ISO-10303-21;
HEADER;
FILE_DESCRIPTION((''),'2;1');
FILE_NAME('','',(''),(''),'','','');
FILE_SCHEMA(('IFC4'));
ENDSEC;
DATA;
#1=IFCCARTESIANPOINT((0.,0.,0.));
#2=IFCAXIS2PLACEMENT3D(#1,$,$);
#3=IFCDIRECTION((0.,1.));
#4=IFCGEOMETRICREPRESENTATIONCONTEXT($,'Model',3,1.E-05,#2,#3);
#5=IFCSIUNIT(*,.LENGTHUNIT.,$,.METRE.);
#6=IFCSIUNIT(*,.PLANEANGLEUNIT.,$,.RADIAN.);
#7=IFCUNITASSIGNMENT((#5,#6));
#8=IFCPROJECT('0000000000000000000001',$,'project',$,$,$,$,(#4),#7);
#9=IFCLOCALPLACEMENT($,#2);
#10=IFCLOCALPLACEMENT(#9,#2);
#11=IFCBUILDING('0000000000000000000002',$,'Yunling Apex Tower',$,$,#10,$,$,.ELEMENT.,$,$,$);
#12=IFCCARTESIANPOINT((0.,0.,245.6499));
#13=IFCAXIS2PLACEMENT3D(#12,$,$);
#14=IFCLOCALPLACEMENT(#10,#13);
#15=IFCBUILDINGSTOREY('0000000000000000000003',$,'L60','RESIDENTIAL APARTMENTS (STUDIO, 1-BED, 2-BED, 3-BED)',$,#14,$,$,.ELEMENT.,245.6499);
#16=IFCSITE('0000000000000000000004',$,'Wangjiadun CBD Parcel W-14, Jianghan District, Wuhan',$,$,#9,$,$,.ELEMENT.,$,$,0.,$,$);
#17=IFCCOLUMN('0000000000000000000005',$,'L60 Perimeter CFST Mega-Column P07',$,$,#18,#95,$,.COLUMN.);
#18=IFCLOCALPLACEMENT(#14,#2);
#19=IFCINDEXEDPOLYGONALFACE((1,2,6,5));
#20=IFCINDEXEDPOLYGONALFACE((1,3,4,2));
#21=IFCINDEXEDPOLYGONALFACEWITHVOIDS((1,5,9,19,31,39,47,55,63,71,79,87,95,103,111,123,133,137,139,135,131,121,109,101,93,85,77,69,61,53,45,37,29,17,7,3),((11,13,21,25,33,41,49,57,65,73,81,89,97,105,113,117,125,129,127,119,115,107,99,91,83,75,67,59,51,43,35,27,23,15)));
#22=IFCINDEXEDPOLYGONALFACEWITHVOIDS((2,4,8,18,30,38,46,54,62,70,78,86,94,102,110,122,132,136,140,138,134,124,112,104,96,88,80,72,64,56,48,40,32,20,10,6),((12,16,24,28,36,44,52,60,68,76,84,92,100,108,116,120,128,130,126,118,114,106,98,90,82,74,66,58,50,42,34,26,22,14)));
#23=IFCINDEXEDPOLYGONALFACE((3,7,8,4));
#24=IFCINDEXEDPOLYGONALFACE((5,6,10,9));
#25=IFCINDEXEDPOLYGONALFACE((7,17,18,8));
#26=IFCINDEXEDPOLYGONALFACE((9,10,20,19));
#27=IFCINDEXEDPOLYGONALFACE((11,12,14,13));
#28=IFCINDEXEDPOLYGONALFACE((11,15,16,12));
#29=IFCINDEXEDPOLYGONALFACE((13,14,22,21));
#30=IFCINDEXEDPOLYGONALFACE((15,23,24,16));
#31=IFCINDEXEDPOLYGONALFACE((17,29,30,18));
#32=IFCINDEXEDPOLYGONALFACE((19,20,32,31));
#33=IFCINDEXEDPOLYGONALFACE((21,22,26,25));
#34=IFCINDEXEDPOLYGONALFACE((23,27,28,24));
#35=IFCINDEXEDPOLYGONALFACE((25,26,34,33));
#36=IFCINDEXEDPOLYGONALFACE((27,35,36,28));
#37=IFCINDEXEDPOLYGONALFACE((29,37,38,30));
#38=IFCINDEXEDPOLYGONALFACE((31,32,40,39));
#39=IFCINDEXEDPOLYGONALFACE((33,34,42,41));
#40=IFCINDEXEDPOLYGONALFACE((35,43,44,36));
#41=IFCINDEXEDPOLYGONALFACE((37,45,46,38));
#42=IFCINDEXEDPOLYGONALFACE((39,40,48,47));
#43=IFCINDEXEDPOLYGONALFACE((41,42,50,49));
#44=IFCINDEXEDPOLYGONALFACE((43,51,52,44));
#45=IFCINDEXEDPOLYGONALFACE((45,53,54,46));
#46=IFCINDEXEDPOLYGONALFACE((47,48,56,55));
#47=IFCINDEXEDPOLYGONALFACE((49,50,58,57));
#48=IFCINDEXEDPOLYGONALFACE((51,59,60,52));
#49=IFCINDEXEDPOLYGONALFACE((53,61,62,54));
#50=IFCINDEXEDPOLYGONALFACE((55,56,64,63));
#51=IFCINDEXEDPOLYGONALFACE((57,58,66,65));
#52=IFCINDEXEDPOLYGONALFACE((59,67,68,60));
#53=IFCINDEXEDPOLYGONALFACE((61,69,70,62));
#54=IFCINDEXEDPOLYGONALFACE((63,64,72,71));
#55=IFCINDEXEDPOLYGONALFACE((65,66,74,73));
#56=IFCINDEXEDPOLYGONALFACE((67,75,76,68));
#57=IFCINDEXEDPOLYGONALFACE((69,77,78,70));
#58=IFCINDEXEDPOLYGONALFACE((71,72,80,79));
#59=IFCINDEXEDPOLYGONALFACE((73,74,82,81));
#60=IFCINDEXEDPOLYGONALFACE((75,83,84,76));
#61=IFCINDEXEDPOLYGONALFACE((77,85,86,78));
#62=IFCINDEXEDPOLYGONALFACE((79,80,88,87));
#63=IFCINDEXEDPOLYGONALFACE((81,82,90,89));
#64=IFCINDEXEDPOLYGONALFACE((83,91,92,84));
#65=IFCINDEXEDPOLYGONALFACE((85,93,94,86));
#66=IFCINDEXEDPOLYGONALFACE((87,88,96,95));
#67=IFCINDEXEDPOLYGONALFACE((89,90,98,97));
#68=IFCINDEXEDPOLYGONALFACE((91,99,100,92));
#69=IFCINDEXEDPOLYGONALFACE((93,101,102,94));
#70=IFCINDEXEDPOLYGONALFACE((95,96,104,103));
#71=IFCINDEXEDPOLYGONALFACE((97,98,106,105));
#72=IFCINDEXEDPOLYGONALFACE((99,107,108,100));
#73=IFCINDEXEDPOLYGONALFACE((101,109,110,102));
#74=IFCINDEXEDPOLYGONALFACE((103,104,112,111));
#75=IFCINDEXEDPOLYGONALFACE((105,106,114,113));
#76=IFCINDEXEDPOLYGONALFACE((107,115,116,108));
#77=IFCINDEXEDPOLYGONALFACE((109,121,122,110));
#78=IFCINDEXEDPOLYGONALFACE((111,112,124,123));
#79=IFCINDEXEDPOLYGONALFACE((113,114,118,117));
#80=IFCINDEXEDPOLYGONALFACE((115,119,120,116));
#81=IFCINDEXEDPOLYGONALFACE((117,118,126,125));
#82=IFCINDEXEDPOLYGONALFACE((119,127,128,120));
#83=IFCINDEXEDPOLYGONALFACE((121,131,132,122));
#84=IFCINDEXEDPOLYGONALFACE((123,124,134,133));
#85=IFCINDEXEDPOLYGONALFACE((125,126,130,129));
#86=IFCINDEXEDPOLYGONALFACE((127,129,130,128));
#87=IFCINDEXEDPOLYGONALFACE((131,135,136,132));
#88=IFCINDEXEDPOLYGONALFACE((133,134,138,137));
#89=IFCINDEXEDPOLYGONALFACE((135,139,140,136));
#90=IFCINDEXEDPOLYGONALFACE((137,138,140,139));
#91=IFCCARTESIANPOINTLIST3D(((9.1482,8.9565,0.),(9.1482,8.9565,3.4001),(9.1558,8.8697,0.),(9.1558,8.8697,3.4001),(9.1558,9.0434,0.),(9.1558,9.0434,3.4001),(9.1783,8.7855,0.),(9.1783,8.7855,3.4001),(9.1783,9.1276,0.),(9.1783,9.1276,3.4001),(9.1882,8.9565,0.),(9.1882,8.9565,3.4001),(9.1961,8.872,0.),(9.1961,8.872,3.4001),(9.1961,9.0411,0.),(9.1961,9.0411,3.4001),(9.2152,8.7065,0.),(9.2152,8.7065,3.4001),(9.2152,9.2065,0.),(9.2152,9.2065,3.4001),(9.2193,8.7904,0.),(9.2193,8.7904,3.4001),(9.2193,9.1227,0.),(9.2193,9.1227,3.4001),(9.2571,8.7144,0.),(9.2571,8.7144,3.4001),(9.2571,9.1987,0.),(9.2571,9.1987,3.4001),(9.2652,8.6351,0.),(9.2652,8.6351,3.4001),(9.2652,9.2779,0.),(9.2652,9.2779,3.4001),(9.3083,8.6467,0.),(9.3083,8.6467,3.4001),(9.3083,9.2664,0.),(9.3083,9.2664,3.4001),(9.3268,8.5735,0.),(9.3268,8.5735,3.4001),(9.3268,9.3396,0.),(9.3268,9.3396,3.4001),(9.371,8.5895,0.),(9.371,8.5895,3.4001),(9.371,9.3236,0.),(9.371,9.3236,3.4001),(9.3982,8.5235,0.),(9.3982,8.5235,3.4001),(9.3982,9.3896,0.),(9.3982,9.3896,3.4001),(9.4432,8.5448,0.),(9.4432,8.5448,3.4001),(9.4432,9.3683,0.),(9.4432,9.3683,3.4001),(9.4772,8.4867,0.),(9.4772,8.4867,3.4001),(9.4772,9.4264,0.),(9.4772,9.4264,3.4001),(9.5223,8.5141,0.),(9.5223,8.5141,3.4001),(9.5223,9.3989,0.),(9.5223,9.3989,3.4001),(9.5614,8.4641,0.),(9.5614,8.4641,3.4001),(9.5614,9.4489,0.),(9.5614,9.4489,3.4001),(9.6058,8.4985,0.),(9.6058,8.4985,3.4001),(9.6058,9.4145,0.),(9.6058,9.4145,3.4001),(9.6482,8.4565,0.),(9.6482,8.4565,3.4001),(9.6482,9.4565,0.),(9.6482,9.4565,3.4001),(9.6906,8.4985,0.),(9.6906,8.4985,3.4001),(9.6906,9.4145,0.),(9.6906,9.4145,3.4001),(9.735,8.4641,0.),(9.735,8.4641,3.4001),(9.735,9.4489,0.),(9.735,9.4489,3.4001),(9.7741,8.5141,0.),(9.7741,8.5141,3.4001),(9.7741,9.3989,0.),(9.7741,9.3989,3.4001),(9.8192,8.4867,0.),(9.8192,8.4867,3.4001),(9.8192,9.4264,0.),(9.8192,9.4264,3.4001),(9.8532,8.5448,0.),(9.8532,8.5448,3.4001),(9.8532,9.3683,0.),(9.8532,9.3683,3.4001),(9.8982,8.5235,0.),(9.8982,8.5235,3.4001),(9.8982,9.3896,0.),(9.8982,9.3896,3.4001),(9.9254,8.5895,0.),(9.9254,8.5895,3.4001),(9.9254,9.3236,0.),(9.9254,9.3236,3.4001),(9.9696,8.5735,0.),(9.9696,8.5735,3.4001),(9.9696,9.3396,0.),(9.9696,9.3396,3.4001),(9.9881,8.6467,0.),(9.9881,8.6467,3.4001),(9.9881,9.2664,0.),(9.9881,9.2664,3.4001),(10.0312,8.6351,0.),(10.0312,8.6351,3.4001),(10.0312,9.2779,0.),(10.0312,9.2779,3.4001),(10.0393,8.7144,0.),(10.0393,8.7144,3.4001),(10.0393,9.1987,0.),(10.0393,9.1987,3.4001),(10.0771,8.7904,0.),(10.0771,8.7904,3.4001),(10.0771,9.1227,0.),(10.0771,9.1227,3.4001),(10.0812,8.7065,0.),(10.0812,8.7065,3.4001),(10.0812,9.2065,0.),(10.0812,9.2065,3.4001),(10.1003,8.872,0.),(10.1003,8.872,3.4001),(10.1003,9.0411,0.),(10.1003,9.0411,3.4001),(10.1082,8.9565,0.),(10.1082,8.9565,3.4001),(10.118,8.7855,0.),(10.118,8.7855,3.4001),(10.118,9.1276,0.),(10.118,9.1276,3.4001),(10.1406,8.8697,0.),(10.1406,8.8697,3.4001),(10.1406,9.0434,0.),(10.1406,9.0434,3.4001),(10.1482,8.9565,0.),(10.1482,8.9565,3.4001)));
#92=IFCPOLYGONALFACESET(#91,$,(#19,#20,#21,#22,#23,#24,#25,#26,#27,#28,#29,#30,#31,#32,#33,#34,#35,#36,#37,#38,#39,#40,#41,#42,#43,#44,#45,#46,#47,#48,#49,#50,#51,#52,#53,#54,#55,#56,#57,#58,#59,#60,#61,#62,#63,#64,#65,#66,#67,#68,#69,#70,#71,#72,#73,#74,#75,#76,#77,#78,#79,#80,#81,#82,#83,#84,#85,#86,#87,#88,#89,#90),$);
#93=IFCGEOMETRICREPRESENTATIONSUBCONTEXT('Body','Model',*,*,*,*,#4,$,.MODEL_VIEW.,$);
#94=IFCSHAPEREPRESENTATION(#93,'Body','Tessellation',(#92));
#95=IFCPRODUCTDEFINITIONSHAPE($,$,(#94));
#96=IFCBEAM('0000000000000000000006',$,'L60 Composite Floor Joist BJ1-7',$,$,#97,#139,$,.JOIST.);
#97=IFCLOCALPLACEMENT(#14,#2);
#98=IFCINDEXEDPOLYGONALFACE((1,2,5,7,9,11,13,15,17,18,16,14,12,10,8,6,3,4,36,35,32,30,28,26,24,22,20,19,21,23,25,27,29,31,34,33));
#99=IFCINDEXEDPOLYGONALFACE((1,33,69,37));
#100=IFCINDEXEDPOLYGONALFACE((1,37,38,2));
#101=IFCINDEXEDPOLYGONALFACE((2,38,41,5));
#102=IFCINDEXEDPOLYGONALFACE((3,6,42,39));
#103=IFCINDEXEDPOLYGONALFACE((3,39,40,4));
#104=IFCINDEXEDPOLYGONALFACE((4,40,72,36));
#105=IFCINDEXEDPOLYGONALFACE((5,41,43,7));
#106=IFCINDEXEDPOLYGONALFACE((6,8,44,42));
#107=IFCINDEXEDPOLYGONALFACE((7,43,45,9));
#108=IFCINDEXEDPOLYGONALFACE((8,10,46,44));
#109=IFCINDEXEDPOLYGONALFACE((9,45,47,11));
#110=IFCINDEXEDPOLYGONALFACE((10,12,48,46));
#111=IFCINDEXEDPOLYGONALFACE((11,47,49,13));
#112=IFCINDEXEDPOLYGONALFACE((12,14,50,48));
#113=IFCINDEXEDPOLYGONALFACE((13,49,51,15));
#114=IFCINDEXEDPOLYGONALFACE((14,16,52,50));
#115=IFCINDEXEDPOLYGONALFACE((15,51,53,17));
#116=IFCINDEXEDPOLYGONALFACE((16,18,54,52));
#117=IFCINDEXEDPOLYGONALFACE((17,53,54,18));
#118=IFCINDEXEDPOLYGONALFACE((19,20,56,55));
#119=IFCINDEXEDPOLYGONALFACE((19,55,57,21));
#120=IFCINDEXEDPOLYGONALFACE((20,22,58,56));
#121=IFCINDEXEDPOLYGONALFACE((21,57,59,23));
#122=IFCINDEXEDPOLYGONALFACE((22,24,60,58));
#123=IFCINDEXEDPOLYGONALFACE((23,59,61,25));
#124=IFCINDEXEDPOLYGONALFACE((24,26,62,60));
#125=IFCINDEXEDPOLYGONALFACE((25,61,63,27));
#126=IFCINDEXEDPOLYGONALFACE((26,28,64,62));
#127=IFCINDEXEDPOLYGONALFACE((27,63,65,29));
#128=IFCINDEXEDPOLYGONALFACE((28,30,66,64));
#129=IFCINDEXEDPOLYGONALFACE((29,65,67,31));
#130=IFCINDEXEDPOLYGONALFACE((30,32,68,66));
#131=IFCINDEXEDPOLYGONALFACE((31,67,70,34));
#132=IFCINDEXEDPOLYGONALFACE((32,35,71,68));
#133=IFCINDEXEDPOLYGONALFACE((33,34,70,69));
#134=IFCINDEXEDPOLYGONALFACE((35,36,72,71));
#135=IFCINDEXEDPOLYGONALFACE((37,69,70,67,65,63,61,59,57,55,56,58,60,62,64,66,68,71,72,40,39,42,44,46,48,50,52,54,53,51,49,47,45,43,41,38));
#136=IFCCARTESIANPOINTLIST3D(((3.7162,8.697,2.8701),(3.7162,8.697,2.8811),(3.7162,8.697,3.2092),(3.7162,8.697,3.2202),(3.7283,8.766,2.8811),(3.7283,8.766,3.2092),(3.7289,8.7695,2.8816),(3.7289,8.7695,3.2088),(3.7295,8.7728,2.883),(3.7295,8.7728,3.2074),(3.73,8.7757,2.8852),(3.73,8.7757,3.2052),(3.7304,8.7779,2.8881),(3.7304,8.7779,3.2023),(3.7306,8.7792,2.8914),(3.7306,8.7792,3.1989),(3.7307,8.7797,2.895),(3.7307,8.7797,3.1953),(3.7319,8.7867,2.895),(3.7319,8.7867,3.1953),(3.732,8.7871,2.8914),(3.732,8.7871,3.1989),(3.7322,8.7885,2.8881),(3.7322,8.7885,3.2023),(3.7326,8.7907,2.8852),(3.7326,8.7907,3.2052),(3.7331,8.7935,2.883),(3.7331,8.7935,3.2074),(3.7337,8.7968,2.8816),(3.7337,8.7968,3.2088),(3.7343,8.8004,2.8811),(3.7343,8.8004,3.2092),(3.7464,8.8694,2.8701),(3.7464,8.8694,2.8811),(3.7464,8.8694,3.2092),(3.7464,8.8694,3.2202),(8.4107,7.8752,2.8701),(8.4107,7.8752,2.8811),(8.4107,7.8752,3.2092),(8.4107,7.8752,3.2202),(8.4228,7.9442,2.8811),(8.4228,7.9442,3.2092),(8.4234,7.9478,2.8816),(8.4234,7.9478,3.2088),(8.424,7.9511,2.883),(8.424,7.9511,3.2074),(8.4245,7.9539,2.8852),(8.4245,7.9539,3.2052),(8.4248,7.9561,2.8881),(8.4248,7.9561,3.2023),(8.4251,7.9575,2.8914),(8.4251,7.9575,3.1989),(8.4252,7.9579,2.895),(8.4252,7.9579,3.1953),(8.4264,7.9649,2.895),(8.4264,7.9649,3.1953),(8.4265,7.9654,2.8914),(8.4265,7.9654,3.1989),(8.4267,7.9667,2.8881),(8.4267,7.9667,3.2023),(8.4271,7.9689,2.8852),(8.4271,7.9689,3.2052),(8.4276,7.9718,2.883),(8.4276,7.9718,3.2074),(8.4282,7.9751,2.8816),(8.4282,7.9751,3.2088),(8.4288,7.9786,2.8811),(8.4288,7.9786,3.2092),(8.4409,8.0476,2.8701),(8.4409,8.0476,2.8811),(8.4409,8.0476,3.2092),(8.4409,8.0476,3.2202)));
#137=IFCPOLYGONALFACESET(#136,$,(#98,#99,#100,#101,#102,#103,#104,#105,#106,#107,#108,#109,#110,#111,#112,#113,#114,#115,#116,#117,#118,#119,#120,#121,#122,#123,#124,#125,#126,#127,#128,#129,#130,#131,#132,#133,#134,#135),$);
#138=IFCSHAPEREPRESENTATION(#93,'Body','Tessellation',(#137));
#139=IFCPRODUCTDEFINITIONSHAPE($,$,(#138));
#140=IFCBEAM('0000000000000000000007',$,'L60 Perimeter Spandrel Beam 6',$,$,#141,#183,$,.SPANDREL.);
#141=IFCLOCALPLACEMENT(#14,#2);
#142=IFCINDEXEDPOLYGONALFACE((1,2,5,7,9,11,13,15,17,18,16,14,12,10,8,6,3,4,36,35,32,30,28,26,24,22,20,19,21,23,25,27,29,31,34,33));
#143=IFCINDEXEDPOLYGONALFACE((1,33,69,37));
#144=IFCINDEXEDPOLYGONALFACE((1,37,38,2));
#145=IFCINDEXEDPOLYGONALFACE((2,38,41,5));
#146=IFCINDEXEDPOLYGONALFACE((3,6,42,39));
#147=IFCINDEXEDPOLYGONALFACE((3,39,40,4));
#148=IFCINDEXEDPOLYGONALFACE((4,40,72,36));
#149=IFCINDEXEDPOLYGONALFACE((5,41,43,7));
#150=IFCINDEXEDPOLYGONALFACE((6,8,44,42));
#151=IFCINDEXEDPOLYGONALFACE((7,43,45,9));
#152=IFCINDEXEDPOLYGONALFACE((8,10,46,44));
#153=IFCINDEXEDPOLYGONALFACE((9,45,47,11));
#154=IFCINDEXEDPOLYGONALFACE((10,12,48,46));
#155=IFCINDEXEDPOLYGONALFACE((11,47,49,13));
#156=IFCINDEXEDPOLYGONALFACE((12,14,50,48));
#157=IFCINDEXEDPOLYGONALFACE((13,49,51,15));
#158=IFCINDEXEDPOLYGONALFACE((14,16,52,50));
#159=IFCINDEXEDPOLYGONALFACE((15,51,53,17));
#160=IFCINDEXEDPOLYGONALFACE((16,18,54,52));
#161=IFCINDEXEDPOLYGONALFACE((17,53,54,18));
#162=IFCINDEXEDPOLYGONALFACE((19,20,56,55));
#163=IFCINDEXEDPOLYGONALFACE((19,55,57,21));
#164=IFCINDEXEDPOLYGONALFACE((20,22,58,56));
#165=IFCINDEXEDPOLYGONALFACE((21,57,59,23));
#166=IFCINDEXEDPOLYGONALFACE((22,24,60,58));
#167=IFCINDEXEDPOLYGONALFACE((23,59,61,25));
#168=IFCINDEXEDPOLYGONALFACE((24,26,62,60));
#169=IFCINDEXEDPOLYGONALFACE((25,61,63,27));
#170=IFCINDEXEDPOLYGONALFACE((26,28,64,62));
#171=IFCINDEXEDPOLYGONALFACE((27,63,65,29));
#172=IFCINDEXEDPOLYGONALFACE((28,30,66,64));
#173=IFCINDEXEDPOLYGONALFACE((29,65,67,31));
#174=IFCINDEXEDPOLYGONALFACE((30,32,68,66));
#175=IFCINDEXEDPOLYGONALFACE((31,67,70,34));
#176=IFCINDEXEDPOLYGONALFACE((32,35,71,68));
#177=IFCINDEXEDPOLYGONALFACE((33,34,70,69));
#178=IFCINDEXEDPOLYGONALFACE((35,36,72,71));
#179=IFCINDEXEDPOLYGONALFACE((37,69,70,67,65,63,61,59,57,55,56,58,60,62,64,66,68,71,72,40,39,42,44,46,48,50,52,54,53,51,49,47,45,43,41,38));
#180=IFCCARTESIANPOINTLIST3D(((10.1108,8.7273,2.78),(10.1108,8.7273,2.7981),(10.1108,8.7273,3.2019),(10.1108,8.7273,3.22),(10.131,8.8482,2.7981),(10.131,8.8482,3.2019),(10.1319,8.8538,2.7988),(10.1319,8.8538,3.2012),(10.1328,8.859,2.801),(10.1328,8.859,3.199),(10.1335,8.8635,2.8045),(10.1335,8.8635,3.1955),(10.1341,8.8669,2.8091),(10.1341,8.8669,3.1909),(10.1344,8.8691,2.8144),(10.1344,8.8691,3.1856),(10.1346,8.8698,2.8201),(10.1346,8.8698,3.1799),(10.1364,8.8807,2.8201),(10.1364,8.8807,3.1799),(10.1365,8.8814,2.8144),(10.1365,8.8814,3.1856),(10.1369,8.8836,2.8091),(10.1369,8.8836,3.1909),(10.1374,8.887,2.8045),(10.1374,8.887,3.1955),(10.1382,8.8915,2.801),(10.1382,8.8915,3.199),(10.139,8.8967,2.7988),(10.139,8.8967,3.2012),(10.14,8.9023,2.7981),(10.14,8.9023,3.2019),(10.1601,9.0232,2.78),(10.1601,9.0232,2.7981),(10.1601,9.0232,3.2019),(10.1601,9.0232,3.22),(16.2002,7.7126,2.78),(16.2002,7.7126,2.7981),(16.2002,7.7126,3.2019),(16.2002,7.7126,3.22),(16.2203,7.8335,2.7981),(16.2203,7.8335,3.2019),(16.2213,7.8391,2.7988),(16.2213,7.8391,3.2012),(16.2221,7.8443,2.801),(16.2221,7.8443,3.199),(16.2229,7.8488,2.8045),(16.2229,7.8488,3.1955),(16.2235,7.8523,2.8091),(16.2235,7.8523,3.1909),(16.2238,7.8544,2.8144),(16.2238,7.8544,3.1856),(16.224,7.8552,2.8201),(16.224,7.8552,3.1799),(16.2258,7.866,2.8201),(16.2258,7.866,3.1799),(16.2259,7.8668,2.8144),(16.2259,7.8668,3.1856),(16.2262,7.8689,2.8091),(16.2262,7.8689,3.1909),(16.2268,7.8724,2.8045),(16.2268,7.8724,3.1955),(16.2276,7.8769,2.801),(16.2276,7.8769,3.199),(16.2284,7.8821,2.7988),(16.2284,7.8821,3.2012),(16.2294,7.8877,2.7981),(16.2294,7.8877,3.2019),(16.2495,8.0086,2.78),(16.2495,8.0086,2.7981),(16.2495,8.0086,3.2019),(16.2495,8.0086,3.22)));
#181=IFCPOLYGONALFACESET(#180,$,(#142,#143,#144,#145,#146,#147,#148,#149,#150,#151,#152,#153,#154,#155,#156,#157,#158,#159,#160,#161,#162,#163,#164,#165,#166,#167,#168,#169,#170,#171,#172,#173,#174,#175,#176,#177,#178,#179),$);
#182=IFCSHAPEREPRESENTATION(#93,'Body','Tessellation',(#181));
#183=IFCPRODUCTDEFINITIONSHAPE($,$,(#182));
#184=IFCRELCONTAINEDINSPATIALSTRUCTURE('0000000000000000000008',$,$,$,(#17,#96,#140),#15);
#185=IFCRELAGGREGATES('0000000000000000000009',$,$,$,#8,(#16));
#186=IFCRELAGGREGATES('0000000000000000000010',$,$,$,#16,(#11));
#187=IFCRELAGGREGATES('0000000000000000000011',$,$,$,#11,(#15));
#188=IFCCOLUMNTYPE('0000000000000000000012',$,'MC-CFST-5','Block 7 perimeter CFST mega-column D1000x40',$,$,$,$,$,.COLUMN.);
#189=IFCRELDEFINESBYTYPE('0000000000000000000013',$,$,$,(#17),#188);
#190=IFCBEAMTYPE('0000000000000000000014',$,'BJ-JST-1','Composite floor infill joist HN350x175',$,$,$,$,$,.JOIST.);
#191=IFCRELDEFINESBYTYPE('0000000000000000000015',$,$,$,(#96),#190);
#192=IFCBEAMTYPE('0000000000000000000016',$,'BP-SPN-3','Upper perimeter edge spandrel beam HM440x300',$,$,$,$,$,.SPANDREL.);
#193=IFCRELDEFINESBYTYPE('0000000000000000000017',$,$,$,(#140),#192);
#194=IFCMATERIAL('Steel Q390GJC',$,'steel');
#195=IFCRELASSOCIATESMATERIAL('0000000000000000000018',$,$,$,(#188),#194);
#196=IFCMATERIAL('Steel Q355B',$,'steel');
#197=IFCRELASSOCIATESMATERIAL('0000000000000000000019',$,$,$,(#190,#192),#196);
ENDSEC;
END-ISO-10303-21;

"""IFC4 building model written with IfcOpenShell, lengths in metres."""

from ifc_helpers import new_model, si_unit, direction, frame, origin, origin_2d, place, context, subcontext, project, spatial, hollow_circle, i_section, extrude, source, transform, mapped, material, material_profile, profile_set, type_object, element, save


model = new_model("IFC4")

# Units and contexts
model_context = context("Model", 3, precision=1e-05, world=origin(), true_north=direction((0.0, 1.0)))
body_context = subcontext(model_context, "Body", "Model", "MODEL_VIEW")
ifc_project = project(units=[si_unit("LENGTHUNIT", "METRE"), si_unit("PLANEANGLEUNIT", "RADIAN")], contexts=[model_context])

# Site, building, storey
site_placement = place(None, origin())
site = spatial("IfcSite", under=ifc_project, at=site_placement, Name="Wangjiadun CBD Parcel W-14, Jianghan District, Wuhan", CompositionType="ELEMENT", RefElevation=0.0)
building_placement = place(site_placement, origin())
building = spatial("IfcBuilding", under=site, at=building_placement, Name="Yunling Apex Tower", CompositionType="ELEMENT")
storey_placement = place(building_placement, frame((0.0, 0.0, 245.6499)))
storey = spatial("IfcBuildingStorey", under=building, at=storey_placement, Name="L60", Description="RESIDENTIAL APARTMENTS (STUDIO, 1-BED, 2-BED, 3-BED)", CompositionType="ELEMENT", Elevation=245.6499)

# Column
ifc_material_1 = material(Name="Steel Q390GJC", Category="steel")
ifc_material_profile_1 = material_profile(ifc_material_1, hollow_circle(Radius=0.5, WallThickness=0.04, at=origin_2d()))
ifc_profile_set_1 = profile_set([ifc_material_profile_1], Name="Steel Q390GJC")
column_type = type_object("IfcColumnType", Name="MC-CFST-5", Description="Block 7 perimeter CFST mega-column D1000x40", PredefinedType="COLUMN", material=ifc_profile_set_1)
shared_shape_1 = source(origin(), body_context, "Body", "SweptSolid", [
    extrude(hollow_circle(Radius=0.5, WallThickness=0.04, at=origin_2d()), origin(), (0.0, 0.0, 1.0), 3.4001),
])
for number, where, z_axis, x_axis, name in (
    (1, (9.6482, 8.9565, 0.0), (0.0, 0.0, 1.0), (1.0, 0.0, 0.0), "L60 Perimeter CFST Mega-Column P07"),
):
    element("IfcColumn", number, at=place(storey_placement, frame(where, z_axis=z_axis, x_axis=x_axis)), inside=storey, type_object=column_type, Name=name, PredefinedType="COLUMN", context=body_context, shape_type="MappedRepresentation", body=[
        mapped(shared_shape_1, transform((0.0, 0.0, 0.0), scale=1.0)),
    ])

# Beams
ifc_material_2 = material(Name="Steel Q355B", Category="steel")
ifc_material_profile_2 = material_profile(ifc_material_2, i_section(OverallWidth=0.175, OverallDepth=0.3501, WebThickness=0.0071, FlangeThickness=0.011, FilletRadius=0.0139, at=origin_2d()))
ifc_profile_set_2 = profile_set([ifc_material_profile_2], Name="Steel Q355B")
beam_type_1 = type_object("IfcBeamType", Name="BJ-JST-1", Description="Composite floor infill joist HN350x175", PredefinedType="JOIST", material=ifc_profile_set_2)
shared_shape_2 = source(origin(), body_context, "Body", "SweptSolid", [
    extrude(i_section(OverallWidth=0.175, OverallDepth=0.3501, WebThickness=0.0071, FlangeThickness=0.011, FilletRadius=0.0139, at=origin_2d()), origin(), (0.0, 0.0, 1.0), 4.7659),
])
beam_1_placement = place(storey_placement, frame((8.4258, 7.9614, 3.0452), z_axis=(-0.985022, 0.172426, 0.0), x_axis=(-0.172426, -0.985022, 0.0)))
element("IfcBeam", 2, at=beam_1_placement, inside=storey, type_object=beam_type_1, Name="L60 Composite Floor Joist BJ1-7", PredefinedType="JOIST", context=body_context, shape_type="MappedRepresentation", body=[
    mapped(shared_shape_2, transform((0.0, 0.0, 0.0), scale=1.0)),
])
ifc_material_profile_3 = material_profile(ifc_material_2, i_section(OverallWidth=0.3, OverallDepth=0.4399, WebThickness=0.011, FlangeThickness=0.0181, FilletRadius=0.022, at=origin_2d()))
ifc_profile_set_3 = profile_set([ifc_material_profile_3], Name="Steel Q355B")
beam_type_2 = type_object("IfcBeamType", Name="BP-SPN-3", Description="Upper perimeter edge spandrel beam HM440x300", PredefinedType="SPANDREL", material=ifc_profile_set_3)
shared_shape_3 = source(origin(), body_context, "Body", "SweptSolid", [
    extrude(i_section(OverallWidth=0.3, OverallDepth=0.4399, WebThickness=0.011, FlangeThickness=0.0181, FilletRadius=0.022, at=origin_2d()), origin(), (0.0, 0.0, 1.0), 6.1733),
])
for number, where, z_axis, x_axis, name in (
    (3, (16.2249, 7.8606, 3.0), (-0.9864, 0.164361, 0.0), (-0.164361, -0.9864, 0.0), "L60 Perimeter Spandrel Beam 6"),
):
    element("IfcBeam", number, at=place(storey_placement, frame(where, z_axis=z_axis, x_axis=x_axis)), inside=storey, type_object=beam_type_2, Name=name, PredefinedType="SPANDREL", context=body_context, shape_type="MappedRepresentation", body=[
        mapped(shared_shape_3, transform((0.0, 0.0, 0.0), scale=1.0)),
    ])

save(model, "model.ifc")
